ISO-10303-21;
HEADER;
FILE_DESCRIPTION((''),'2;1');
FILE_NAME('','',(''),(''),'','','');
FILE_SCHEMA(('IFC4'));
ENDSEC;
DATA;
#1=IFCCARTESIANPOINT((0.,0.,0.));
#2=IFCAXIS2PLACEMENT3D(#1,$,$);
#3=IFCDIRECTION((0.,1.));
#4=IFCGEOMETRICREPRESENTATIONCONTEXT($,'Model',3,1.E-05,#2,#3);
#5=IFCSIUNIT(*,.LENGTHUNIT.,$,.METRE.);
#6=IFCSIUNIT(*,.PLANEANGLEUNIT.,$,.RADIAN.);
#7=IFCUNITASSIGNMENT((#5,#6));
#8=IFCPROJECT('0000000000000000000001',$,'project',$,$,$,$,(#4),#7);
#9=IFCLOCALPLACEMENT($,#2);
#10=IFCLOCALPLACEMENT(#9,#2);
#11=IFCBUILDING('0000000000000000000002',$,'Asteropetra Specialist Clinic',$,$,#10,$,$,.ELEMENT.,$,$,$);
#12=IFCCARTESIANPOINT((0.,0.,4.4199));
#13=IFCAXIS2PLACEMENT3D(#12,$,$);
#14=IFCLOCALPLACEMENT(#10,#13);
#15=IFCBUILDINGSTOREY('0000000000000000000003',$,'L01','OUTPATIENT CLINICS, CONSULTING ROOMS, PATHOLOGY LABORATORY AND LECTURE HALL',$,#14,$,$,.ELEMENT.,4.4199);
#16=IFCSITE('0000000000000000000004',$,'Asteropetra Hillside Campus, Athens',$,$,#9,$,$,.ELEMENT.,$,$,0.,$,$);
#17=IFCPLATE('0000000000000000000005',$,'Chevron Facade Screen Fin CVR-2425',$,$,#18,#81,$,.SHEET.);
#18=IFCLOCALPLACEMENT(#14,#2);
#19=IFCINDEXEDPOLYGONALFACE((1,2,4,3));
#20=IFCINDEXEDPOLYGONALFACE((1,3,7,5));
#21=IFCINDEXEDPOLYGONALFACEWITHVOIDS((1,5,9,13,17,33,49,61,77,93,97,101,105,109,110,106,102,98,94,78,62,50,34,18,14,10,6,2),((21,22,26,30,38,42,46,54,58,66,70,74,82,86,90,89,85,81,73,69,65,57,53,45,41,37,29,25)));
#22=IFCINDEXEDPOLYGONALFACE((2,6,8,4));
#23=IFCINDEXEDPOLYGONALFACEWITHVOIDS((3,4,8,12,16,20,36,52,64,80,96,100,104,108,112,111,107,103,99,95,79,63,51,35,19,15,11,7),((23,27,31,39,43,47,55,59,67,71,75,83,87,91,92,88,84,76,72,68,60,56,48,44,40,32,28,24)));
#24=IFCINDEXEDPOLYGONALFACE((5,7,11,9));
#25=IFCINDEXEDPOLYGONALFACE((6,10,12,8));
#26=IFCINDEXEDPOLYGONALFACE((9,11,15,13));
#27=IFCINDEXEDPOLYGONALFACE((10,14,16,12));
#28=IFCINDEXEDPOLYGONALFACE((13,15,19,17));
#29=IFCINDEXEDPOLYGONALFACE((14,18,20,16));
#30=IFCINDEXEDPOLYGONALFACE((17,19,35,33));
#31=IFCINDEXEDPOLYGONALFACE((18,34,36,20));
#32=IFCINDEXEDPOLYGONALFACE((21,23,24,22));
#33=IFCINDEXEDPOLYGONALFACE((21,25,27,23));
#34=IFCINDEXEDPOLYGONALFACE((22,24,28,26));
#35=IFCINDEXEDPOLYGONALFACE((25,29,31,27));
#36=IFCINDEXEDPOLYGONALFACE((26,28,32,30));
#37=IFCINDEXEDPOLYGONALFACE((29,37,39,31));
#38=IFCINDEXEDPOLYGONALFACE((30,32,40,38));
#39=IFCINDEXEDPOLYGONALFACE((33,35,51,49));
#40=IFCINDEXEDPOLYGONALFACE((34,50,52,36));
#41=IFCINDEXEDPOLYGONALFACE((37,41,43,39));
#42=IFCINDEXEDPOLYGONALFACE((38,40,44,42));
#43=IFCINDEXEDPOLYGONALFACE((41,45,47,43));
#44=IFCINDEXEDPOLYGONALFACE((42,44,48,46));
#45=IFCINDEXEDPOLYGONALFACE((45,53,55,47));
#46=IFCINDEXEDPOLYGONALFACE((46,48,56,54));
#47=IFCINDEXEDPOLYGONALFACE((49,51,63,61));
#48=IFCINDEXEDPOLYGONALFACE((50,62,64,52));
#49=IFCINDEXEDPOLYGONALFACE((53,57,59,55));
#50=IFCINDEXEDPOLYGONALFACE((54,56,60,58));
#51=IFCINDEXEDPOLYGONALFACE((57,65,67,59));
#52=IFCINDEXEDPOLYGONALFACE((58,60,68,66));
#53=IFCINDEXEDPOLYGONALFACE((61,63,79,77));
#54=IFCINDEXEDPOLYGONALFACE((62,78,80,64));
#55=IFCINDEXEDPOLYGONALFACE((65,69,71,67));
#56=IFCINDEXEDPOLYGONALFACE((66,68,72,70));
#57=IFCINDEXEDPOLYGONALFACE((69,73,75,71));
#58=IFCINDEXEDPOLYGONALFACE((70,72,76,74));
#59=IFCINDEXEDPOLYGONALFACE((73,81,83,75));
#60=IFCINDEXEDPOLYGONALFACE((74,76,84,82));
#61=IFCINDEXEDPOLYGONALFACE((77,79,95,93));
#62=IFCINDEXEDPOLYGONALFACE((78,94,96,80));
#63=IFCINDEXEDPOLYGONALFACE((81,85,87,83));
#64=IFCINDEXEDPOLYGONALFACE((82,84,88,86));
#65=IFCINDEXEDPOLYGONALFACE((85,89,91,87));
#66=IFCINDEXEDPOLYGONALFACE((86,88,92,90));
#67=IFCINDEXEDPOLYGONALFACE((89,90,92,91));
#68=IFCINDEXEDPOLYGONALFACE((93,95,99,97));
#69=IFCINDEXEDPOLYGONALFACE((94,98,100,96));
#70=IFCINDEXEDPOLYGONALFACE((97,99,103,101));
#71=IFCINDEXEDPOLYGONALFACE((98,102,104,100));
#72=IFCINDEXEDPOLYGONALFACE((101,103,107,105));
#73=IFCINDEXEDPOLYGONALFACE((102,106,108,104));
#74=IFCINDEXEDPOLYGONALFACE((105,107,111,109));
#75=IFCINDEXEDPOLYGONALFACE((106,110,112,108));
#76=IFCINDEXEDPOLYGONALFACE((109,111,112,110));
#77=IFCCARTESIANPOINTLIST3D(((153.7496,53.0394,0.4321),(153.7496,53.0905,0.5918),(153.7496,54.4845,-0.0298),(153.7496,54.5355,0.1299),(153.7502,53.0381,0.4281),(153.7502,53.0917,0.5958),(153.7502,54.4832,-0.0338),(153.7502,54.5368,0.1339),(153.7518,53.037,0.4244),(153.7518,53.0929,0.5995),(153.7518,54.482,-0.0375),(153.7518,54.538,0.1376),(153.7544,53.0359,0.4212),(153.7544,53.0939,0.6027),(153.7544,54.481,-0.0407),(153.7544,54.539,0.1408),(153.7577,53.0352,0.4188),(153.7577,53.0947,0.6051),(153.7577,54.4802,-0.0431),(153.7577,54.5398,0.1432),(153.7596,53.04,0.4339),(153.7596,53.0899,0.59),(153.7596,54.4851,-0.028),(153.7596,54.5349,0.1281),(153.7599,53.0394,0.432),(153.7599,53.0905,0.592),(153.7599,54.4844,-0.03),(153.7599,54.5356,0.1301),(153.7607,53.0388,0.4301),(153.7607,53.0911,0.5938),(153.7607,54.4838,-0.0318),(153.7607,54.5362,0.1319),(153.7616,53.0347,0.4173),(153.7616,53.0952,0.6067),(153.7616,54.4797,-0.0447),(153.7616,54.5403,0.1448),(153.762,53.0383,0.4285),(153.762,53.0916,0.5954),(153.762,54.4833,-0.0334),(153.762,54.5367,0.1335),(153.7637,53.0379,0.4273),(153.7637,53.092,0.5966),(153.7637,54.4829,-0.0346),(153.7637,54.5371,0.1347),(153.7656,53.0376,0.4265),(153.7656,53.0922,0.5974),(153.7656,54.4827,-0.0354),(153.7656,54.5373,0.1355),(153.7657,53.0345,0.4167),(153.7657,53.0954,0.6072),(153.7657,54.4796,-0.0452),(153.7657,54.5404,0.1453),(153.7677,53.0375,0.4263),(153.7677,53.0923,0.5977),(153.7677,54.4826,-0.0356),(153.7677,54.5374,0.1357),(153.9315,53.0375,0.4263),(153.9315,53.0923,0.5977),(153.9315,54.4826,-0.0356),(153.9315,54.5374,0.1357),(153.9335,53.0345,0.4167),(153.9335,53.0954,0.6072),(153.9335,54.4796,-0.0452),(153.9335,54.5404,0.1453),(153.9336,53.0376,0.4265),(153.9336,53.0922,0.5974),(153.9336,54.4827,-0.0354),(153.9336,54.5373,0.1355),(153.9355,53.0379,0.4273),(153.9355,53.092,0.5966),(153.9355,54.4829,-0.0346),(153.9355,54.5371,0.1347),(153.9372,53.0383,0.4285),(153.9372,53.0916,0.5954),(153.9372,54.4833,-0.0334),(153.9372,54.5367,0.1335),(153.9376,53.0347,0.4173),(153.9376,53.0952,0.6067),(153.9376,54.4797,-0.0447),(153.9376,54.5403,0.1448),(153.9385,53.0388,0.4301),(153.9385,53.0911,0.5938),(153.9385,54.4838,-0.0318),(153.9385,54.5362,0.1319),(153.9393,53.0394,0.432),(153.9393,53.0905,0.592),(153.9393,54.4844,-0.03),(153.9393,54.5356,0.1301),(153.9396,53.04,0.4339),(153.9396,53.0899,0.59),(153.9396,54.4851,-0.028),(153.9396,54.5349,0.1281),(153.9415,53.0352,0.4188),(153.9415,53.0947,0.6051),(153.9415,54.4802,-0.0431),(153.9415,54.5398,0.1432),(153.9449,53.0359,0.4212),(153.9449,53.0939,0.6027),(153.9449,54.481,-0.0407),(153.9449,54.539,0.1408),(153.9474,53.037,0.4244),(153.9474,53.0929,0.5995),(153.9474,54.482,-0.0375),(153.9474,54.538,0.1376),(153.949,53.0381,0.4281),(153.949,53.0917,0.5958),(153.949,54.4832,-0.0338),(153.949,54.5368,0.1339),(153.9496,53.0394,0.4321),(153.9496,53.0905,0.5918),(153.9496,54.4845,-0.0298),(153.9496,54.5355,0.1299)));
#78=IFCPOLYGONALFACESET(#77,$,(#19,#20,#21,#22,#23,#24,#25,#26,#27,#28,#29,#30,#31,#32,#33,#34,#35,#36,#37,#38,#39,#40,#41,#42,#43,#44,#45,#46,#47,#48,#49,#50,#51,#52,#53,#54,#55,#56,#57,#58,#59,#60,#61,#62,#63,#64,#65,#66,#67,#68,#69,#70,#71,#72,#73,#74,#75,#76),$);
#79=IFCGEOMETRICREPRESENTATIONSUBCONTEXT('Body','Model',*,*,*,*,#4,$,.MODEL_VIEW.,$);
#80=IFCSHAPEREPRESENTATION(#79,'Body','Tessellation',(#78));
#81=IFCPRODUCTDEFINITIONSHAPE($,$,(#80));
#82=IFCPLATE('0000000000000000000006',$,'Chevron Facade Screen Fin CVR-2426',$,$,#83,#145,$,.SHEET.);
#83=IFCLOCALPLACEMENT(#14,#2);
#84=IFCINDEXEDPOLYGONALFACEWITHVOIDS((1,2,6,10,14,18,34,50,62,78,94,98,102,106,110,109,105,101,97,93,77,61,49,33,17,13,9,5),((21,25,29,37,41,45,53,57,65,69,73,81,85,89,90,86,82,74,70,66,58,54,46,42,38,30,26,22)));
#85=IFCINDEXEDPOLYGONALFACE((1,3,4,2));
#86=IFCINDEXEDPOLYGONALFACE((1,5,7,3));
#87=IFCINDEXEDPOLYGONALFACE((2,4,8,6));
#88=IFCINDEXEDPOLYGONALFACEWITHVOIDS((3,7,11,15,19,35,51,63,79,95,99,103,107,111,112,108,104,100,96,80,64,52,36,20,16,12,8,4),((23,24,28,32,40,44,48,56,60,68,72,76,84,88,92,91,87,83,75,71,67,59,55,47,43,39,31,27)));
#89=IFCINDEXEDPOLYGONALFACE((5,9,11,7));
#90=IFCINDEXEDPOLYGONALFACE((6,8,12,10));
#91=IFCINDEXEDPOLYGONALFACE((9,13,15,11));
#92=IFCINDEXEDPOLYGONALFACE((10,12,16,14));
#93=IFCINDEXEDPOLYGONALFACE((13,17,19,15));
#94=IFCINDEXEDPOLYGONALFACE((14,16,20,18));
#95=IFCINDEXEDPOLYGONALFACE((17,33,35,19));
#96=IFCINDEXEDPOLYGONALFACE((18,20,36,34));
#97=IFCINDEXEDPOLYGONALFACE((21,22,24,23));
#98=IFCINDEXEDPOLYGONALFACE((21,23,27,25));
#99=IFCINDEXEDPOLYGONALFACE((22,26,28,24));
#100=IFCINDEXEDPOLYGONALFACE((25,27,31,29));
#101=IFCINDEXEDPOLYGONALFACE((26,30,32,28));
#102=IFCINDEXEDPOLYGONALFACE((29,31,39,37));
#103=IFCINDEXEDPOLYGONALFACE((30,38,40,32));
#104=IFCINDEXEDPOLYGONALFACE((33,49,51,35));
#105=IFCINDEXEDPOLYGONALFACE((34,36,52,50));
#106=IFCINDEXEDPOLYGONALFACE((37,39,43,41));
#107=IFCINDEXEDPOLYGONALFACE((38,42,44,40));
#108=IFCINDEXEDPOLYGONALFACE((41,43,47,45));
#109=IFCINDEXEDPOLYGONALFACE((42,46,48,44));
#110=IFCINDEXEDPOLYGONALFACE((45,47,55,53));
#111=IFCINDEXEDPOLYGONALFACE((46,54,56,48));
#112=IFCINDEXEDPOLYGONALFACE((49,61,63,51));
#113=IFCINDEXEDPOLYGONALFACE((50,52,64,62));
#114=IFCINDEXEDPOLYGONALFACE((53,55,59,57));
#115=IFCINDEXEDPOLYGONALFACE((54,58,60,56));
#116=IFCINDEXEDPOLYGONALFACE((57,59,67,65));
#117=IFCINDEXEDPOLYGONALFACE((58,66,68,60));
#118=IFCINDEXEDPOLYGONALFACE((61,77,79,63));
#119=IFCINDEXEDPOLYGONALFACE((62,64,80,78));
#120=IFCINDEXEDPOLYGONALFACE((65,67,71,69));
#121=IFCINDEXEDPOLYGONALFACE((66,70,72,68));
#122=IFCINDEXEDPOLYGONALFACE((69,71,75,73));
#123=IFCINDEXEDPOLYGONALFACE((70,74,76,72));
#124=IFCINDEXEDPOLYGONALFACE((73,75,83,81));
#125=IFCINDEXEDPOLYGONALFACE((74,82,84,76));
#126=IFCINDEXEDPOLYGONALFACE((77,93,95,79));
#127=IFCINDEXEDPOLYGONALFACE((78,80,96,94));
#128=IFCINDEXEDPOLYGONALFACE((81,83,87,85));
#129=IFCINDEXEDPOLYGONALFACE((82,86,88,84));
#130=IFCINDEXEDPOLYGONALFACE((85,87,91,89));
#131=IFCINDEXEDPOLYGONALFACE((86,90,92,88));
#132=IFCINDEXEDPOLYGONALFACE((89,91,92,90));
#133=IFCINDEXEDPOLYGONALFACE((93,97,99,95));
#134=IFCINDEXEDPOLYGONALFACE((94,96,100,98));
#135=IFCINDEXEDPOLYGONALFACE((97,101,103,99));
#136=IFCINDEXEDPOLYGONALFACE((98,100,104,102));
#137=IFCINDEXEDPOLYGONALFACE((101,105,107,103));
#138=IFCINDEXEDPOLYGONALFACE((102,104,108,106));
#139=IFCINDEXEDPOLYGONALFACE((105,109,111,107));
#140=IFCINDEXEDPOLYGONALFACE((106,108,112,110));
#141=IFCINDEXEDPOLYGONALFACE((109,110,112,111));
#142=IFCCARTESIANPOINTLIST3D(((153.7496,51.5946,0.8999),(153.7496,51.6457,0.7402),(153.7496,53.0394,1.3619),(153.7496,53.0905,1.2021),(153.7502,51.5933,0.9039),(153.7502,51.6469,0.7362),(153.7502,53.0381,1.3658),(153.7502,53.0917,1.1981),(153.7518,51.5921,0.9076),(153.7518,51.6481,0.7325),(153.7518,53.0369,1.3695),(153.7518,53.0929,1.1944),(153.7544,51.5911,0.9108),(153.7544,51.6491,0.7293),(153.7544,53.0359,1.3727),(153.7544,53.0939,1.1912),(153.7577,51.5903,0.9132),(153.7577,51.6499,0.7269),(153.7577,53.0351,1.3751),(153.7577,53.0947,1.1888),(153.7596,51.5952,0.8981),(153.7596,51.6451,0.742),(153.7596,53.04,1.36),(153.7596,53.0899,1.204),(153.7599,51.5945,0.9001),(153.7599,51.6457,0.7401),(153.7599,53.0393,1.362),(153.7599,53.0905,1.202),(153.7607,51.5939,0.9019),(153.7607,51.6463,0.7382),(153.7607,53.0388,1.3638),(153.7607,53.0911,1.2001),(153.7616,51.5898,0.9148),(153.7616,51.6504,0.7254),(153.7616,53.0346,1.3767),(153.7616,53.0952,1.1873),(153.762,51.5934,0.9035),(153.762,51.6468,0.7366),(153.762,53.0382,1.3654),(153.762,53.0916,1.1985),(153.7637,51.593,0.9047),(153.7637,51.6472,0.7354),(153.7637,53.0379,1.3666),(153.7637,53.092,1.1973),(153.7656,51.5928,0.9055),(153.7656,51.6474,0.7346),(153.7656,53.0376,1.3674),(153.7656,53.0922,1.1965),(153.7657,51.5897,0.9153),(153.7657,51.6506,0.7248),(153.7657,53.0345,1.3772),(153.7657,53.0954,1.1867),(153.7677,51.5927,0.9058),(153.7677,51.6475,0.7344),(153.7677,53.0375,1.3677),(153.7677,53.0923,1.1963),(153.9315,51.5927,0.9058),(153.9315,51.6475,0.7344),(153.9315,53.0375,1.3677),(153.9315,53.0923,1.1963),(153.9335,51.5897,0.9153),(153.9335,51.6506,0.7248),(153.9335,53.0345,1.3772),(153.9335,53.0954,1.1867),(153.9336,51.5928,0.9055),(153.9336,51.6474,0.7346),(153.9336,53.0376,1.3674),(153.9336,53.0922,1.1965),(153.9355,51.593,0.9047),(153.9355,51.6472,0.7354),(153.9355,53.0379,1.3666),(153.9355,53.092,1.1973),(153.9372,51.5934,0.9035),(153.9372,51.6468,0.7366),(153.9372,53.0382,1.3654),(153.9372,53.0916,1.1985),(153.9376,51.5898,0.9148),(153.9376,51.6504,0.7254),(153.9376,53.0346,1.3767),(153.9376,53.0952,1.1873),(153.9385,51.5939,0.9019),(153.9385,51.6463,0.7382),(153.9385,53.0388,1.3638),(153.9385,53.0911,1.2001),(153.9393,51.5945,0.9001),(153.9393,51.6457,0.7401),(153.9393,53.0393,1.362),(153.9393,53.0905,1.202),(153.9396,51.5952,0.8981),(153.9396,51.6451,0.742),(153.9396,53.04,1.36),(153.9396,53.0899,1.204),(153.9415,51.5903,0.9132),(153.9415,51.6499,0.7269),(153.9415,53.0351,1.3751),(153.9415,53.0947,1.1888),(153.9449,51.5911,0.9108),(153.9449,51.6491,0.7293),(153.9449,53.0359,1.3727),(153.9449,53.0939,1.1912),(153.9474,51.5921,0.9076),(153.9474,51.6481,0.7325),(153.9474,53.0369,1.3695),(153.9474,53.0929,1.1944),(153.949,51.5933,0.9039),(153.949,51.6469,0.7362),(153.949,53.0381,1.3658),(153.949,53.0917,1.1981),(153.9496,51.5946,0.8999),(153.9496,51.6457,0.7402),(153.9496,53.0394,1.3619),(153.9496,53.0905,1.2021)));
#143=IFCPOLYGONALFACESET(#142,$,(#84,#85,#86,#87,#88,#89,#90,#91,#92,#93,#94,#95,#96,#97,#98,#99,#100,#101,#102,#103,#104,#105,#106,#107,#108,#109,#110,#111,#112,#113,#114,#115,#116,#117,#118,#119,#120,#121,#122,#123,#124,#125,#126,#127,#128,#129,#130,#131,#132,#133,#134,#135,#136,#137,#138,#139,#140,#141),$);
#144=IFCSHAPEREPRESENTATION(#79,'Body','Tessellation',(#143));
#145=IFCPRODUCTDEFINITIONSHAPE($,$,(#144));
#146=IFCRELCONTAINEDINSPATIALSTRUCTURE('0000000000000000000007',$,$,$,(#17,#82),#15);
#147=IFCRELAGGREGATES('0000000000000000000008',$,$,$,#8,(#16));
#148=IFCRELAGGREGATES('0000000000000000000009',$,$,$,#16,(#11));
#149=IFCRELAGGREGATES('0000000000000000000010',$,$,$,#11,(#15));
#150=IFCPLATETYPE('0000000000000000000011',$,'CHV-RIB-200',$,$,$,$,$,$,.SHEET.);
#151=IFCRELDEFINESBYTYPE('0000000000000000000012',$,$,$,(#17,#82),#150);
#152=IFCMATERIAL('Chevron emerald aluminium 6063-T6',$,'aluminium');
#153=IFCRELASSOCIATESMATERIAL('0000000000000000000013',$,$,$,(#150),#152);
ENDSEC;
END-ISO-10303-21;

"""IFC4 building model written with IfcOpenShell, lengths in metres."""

from ifc_helpers import new_model, si_unit, direction, frame, origin, origin_2d, place, context, subcontext, project, spatial, hollow_rectangle, extrude, material, material_profile, profile_set, type_object, element, save


model = new_model("IFC4")

# Units and contexts
model_context = context("Model", 3, precision=1e-05, world=origin(), true_north=direction((0.0, 1.0)))
body_context = subcontext(model_context, "Body", "Model", "MODEL_VIEW")
ifc_project = project(units=[si_unit("LENGTHUNIT", "METRE"), si_unit("PLANEANGLEUNIT", "RADIAN")], contexts=[model_context])

# Site, building, storey
site_placement = place(None, origin())
site = spatial("IfcSite", under=ifc_project, at=site_placement, Name="Asteropetra Hillside Campus, Athens", CompositionType="ELEMENT", RefElevation=0.0)
building_placement = place(site_placement, origin())
building = spatial("IfcBuilding", under=site, at=building_placement, Name="Asteropetra Specialist Clinic", CompositionType="ELEMENT")
storey_placement = place(building_placement, frame((0.0, 0.0, 4.4199)))
storey = spatial("IfcBuildingStorey", under=building, at=storey_placement, Name="L01", Description="OUTPATIENT CLINICS, CONSULTING ROOMS, PATHOLOGY LABORATORY AND LECTURE HALL", CompositionType="ELEMENT", Elevation=4.4199)

# Plates
ifc_material_1 = material(Name="Chevron emerald aluminium 6063-T6", Category="aluminium")
ifc_material_profile_1 = material_profile(ifc_material_1, hollow_rectangle(XDim=0.2, YDim=0.2, WallThickness=0.01, InnerFilletRadius=0.0081, OuterFilletRadius=0.0161, at=origin_2d()), Name="SHS 200x200x10.0")
ifc_profile_set_1 = profile_set([ifc_material_profile_1], Name="Chevron emerald aluminium 6063-T6")
plate_type = type_object("IfcPlateType", Name="CHV-RIB-200", PredefinedType="SHEET", material=ifc_profile_set_1)
plate_1_placement = place(storey_placement, frame((153.8496, 53.0649, 0.512), z_axis=(0.0, 0.952521, -0.304472), x_axis=(-1.0, 0.0, 0.0)))
element("IfcPlate", 1, at=plate_1_placement, inside=storey, type_object=plate_type, Name="Chevron Facade Screen Fin CVR-2425", PredefinedType="SHEET", context=body_context, shape_type="SweptSolid", body=[
    extrude(hollow_rectangle(XDim=0.2, YDim=0.2, WallThickness=0.01, InnerFilletRadius=0.0081, OuterFilletRadius=0.0161, at=origin_2d()), origin(), (0.0, 0.0, 1.0), 1.5171),
])
plate_2_placement = place(storey_placement, frame((153.8496, 51.6201, 0.8201), z_axis=(0.0, 0.952506, 0.304519), x_axis=(-1.0, 0.0, 0.0)))
element("IfcPlate", 2, at=plate_2_placement, inside=storey, type_object=plate_type, Name="Chevron Facade Screen Fin CVR-2426", PredefinedType="SHEET", context=body_context, shape_type="SweptSolid", body=[
    extrude(hollow_rectangle(XDim=0.2, YDim=0.2, WallThickness=0.01, InnerFilletRadius=0.0081, OuterFilletRadius=0.0161, at=origin_2d()), origin(), (0.0, 0.0, 1.0), 1.5168),
])

save(model, "model.ifc")
